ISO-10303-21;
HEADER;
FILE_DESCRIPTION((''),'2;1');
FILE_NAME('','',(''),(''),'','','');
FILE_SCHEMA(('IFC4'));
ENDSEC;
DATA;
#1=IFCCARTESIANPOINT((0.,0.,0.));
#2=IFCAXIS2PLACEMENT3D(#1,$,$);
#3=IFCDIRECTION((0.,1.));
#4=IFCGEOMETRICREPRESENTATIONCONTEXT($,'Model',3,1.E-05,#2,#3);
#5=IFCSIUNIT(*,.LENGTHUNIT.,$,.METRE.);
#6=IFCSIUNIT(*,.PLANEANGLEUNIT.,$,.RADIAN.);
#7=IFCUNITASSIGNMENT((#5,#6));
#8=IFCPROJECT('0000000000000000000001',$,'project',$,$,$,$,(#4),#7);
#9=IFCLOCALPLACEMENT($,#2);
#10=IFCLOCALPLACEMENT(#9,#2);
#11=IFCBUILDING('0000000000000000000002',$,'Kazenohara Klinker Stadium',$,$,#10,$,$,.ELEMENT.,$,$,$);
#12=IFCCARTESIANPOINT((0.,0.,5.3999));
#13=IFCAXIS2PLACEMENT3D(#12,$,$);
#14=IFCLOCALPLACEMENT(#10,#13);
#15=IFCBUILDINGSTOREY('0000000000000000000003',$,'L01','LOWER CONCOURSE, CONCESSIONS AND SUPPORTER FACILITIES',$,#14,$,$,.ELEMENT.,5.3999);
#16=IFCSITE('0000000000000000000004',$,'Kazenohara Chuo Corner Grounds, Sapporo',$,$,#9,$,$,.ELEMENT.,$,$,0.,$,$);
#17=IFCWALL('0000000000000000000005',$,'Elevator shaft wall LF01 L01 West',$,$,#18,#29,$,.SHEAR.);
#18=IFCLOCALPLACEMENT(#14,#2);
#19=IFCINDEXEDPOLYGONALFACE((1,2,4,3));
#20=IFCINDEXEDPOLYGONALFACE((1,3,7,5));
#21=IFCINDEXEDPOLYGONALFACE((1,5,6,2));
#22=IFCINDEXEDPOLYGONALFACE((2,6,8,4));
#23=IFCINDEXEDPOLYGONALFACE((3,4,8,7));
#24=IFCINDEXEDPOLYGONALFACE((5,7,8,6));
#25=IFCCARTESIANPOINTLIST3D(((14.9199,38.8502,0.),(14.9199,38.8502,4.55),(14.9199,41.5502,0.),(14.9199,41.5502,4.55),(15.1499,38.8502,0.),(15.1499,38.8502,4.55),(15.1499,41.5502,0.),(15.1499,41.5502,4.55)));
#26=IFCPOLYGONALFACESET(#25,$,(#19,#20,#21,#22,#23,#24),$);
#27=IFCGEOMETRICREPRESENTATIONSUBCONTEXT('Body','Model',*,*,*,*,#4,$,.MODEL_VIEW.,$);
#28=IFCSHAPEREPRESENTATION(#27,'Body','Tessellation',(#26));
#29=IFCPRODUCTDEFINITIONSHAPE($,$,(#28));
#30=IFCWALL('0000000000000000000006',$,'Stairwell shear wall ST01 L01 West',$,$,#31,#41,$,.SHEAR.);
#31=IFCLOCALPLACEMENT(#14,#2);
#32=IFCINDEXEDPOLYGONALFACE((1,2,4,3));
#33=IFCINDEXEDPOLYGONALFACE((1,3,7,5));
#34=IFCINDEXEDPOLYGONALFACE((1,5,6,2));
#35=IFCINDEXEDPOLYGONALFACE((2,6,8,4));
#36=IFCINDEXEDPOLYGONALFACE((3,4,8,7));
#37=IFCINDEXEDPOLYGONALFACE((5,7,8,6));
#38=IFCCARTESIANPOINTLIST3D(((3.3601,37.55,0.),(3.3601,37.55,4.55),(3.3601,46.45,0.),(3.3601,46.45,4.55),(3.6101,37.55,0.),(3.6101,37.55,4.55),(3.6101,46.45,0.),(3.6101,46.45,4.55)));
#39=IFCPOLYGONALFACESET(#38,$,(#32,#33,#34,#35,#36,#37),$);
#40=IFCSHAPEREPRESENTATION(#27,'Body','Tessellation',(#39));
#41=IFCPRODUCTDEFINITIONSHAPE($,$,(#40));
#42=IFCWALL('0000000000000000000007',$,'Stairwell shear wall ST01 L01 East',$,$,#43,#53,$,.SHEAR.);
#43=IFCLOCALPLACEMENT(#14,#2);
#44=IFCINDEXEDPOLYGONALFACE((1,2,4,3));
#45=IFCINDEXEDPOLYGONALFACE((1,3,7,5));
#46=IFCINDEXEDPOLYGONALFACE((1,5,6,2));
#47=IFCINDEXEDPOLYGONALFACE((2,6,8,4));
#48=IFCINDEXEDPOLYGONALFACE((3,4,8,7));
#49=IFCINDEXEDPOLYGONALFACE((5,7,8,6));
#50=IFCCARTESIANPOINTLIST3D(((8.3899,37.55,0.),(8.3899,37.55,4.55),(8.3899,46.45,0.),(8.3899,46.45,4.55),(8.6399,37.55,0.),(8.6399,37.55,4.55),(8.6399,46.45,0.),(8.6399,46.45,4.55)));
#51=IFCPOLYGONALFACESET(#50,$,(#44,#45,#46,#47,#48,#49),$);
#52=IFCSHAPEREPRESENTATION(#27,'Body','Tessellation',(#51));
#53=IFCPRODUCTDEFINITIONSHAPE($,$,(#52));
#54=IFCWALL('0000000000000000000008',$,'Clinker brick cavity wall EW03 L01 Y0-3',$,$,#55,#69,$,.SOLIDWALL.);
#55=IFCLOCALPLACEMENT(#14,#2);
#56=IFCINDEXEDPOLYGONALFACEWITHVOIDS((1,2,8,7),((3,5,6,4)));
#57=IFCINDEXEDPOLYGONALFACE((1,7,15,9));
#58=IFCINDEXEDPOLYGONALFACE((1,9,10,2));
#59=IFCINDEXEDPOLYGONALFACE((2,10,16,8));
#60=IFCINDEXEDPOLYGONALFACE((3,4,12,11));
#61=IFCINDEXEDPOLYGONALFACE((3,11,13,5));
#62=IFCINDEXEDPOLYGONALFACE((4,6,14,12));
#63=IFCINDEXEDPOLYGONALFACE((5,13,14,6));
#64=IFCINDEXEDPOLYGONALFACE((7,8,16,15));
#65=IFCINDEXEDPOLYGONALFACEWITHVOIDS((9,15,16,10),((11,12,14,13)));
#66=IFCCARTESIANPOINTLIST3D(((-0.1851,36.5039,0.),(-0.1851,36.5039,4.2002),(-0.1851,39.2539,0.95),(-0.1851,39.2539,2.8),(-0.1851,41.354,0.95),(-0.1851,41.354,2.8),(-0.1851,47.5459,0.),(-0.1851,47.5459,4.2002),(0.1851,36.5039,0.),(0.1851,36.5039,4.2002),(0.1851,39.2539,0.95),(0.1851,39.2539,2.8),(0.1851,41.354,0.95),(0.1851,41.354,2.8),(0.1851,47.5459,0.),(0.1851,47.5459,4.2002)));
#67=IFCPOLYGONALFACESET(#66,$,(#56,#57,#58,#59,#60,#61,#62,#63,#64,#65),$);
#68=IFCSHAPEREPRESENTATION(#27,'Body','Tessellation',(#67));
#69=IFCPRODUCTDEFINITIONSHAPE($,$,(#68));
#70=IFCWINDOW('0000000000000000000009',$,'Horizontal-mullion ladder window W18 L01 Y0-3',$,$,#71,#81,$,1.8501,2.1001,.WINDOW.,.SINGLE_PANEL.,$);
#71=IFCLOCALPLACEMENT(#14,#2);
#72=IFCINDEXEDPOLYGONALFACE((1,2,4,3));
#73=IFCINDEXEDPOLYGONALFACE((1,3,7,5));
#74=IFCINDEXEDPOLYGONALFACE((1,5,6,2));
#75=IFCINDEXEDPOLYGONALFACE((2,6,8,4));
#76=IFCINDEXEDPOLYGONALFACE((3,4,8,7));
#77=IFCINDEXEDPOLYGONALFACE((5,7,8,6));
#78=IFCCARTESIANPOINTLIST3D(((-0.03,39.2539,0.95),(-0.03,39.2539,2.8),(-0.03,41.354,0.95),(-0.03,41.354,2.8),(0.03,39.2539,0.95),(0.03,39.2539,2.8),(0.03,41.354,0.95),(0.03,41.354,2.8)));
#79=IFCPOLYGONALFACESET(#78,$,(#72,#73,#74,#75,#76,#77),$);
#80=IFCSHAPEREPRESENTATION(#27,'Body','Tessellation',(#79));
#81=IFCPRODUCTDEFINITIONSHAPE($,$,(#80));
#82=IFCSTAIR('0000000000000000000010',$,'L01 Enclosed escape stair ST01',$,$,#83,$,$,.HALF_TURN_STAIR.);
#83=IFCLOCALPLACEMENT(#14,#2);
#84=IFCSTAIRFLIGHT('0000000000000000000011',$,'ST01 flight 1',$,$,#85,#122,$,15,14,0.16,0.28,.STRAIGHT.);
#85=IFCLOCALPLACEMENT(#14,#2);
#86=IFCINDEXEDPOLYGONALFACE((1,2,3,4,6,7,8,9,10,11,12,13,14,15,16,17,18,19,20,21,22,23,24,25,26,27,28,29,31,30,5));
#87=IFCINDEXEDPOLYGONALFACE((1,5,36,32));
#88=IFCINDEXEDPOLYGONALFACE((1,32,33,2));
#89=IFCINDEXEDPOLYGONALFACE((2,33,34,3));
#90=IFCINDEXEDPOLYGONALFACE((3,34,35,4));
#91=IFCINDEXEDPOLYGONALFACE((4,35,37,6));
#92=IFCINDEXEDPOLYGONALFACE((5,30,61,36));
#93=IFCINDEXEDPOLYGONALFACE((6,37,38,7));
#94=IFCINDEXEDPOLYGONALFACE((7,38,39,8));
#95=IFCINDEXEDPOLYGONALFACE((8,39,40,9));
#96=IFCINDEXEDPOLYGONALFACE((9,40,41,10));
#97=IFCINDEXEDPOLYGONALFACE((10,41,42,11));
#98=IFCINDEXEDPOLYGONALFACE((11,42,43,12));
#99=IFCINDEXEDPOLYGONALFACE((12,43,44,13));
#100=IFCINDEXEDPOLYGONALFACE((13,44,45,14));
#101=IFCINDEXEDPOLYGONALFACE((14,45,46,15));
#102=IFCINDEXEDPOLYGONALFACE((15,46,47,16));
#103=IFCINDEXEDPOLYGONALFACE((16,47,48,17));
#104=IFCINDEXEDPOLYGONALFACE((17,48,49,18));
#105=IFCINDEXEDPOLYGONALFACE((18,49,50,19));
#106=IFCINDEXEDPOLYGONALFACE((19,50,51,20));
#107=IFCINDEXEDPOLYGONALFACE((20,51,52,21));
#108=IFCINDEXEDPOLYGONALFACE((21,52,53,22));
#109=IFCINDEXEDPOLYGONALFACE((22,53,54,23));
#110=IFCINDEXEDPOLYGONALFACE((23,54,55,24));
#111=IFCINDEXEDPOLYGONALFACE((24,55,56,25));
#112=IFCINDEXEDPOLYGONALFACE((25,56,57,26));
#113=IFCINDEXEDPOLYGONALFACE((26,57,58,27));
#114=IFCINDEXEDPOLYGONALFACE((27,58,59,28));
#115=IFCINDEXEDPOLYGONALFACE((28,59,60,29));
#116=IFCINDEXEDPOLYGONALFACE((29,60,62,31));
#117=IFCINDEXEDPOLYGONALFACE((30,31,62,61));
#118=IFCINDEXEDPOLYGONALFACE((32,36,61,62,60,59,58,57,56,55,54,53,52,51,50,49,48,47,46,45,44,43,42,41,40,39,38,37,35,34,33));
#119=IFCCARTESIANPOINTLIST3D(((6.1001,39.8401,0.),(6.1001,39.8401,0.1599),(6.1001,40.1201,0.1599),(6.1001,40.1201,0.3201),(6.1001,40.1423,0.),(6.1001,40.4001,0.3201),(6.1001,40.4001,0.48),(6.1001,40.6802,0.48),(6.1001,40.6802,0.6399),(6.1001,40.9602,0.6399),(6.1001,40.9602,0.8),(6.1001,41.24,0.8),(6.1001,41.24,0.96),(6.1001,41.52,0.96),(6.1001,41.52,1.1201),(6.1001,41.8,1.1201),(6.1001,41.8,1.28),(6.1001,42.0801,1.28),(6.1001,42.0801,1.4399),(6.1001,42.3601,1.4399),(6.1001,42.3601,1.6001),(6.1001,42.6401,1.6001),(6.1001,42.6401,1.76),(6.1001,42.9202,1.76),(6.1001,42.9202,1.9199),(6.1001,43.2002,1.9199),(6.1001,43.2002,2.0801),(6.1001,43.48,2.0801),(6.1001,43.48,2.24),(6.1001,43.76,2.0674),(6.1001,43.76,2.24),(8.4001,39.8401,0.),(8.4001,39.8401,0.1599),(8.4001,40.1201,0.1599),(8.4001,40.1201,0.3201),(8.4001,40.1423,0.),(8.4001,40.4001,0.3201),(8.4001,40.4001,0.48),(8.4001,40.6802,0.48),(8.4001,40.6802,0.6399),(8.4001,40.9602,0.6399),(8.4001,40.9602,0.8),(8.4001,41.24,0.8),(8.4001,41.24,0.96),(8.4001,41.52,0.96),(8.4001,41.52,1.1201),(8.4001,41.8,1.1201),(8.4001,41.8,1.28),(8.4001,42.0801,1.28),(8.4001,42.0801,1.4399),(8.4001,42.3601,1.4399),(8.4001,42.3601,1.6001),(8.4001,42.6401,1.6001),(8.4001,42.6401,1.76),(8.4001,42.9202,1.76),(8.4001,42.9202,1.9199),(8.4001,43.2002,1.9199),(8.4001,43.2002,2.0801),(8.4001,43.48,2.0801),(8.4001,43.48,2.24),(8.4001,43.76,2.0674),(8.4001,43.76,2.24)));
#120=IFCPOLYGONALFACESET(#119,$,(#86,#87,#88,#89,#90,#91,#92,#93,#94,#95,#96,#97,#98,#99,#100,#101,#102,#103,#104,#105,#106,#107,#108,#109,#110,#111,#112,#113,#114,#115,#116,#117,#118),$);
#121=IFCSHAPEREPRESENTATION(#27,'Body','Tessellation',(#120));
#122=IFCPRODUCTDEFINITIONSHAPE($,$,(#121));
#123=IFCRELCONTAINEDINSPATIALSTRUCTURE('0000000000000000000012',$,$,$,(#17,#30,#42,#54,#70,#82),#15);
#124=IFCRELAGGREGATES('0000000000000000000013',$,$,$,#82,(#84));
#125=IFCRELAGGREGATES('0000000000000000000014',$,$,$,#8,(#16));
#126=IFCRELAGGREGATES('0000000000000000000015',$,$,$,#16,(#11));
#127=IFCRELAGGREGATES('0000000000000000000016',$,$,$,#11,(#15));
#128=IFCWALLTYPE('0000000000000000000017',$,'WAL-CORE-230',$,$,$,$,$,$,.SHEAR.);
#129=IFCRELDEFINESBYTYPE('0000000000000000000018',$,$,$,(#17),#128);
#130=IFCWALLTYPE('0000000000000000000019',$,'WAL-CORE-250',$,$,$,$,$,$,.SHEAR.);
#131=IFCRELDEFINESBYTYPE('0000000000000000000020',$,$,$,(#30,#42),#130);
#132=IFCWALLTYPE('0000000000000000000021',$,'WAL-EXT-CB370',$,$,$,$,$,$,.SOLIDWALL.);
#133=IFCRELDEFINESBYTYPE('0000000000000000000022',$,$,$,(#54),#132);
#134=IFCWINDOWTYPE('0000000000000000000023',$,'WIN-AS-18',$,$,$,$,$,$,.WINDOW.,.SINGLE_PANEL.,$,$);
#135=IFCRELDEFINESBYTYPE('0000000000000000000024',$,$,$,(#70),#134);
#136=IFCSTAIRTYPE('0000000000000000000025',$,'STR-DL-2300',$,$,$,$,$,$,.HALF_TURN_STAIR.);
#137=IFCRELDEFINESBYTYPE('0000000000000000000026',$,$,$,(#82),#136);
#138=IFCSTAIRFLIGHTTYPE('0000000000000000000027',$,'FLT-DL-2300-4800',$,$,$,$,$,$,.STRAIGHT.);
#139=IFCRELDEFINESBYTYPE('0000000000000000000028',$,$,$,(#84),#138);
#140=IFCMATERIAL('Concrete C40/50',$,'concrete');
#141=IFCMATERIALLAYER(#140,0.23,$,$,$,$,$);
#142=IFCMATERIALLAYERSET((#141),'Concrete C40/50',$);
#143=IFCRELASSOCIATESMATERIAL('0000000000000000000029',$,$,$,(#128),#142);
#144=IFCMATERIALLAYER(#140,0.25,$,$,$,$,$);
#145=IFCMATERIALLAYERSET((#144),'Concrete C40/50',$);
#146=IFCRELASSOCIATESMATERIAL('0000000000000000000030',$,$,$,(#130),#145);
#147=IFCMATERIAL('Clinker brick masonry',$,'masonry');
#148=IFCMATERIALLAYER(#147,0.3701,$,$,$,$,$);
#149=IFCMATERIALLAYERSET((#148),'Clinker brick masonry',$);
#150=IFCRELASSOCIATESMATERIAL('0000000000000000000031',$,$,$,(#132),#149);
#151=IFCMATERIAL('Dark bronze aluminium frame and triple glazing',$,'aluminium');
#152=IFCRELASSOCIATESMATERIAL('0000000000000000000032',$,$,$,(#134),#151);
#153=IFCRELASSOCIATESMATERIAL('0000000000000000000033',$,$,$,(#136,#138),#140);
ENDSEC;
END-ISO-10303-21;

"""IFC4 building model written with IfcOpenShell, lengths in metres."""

from ifc_helpers import new_model, si_unit, direction, frame, frame_2d, origin, place, context, subcontext, project, spatial, polyline, rectangle, outline, extrude, material, layer, layer_set, type_object, element, fill, aggregate, save


model = new_model("IFC4")

# Units and contexts
model_context = context("Model", 3, precision=1e-05, world=origin(), true_north=direction((0.0, 1.0)))
body_context = subcontext(model_context, "Body", "Model", "MODEL_VIEW")
ifc_project = project(units=[si_unit("LENGTHUNIT", "METRE"), si_unit("PLANEANGLEUNIT", "RADIAN")], contexts=[model_context])

# Site, building, storey
site_placement = place(None, origin())
site = spatial("IfcSite", under=ifc_project, at=site_placement, Name="Kazenohara Chuo Corner Grounds, Sapporo", CompositionType="ELEMENT", RefElevation=0.0)
building_placement = place(site_placement, origin())
building = spatial("IfcBuilding", under=site, at=building_placement, Name="Kazenohara Klinker Stadium", CompositionType="ELEMENT")
storey_placement = place(building_placement, frame((0.0, 0.0, 5.3999)))
storey = spatial("IfcBuildingStorey", under=building, at=storey_placement, Name="L01", Description="LOWER CONCOURSE, CONCESSIONS AND SUPPORTER FACILITIES", CompositionType="ELEMENT", Elevation=5.3999)

# Shared definitions
ifc_material_1 = material(Name="Concrete C40/50", Category="concrete")

# Wall
ifc_layer_1 = layer(ifc_material_1, 0.23)
ifc_layer_set_1 = layer_set([ifc_layer_1], Name="Concrete C40/50")
wall_type_1 = type_object("IfcWallType", Name="WAL-CORE-230", PredefinedType="SHEAR", material=ifc_layer_set_1)
wall_1_placement = place(storey_placement, frame((15.0349, 38.8501, 0.0), z_axis=(0.0, 0.0, 1.0), x_axis=(0.0, 1.0, 0.0)))
element("IfcWall", 1, at=wall_1_placement, inside=storey, type_object=wall_type_1, Name="Elevator shaft wall LF01 L01 West", PredefinedType="SHEAR", context=body_context, shape_type="SweptSolid", body=[
    extrude(rectangle(XDim=2.7, YDim=0.23, at=frame_2d((1.3501, 0.0))), origin(), (0.0, 0.0, 1.0), 4.55),
])

# Shared definitions
ifc_layer_2 = layer(ifc_material_1, 0.25)
ifc_layer_set_2 = layer_set([ifc_layer_2], Name="Concrete C40/50")
wall_type_2 = type_object("IfcWallType", Name="WAL-CORE-250", PredefinedType="SHEAR", material=ifc_layer_set_2)

# Walls
for number, where, z_axis, x_axis, name in (
    (2, (3.4851, 37.55, 0.0), (0.0, 0.0, 1.0), (0.0, 1.0, 0.0), "Stairwell shear wall ST01 L01 West"),
    (3, (8.5149, 37.55, 0.0), (0.0, 0.0, 1.0), (0.0, 1.0, 0.0), "Stairwell shear wall ST01 L01 East"),
):
    element("IfcWall", number, at=place(storey_placement, frame(where, z_axis=z_axis, x_axis=x_axis)), inside=storey, type_object=wall_type_2, Name=name, PredefinedType="SHEAR", context=body_context, shape_type="SweptSolid", body=[
        extrude(rectangle(XDim=8.8999, YDim=0.25, at=frame_2d((4.45, 0.0))), origin(), (0.0, 0.0, 1.0), 4.55),
    ])

# Wall, opening, window
ifc_material_2 = material(Name="Clinker brick masonry", Category="masonry")
ifc_layer_3 = layer(ifc_material_2, 0.3701)
ifc_layer_set_3 = layer_set([ifc_layer_3], Name="Clinker brick masonry")
wall_type_3 = type_object("IfcWallType", Name="WAL-EXT-CB370", PredefinedType="SOLIDWALL", material=ifc_layer_set_3)
wall_2_placement = place(storey_placement, frame((0.0, 36.5039, 0.0), z_axis=(0.0, 0.0, 1.0), x_axis=(0.0, 1.0, 0.0)))
wall_2 = element("IfcWall", 4, at=wall_2_placement, inside=storey, type_object=wall_type_3, Name="Clinker brick cavity wall EW03 L01 Y0-3", PredefinedType="SOLIDWALL", context=body_context, shape_type="SweptSolid", body=[
    extrude(rectangle(XDim=11.042, YDim=0.3701, at=frame_2d((5.521, 0.0))), origin(), (0.0, 0.0, 1.0), 4.2002),
])
opening_1_placement = place(wall_2_placement, frame((2.75, 0.0, 0.95)))
opening_1 = element("IfcOpeningElement", 5, at=opening_1_placement, cuts=wall_2, PredefinedType="OPENING", context=body_context, shape_type="SweptSolid", body=[
    extrude(rectangle(XDim=2.1001, YDim=1.8501, at=frame_2d((1.05, 0.925))), frame((0.0, 0.1951, 0.0), z_axis=(0.0, -1.0, 0.0), x_axis=(1.0, 0.0, 0.0)), (0.0, 0.0, 1.0), 0.3901),
])
ifc_material_3 = material(Name="Dark bronze aluminium frame and triple glazing", Category="aluminium")
window_type = type_object("IfcWindowType", Name="WIN-AS-18", PartitioningType="SINGLE_PANEL", PredefinedType="WINDOW", material=ifc_material_3)
window_placement = place(opening_1_placement, origin())
window = element("IfcWindow", 6, at=window_placement, inside=storey, type_object=window_type, Name="Horizontal-mullion ladder window W18 L01 Y0-3", OverallHeight=1.8501, OverallWidth=2.1001, PartitioningType="SINGLE_PANEL", PredefinedType="WINDOW", context=body_context, shape_type="SweptSolid", body=[
    extrude(rectangle(XDim=2.1001, YDim=1.8501, at=frame_2d((1.05, 0.925))), frame((0.0, 0.03, 0.0), z_axis=(0.0, -1.0, 0.0), x_axis=(1.0, 0.0, 0.0)), (0.0, 0.0, 1.0), 0.0601),
])
fill(opening_1, window)

# Stair, stair flight
stair_type = type_object("IfcStairType", Name="STR-DL-2300", PredefinedType="HALF_TURN_STAIR", material=ifc_material_1)
stair_placement = place(storey_placement, origin())
stair = element("IfcStair", 7, at=stair_placement, inside=storey, type_object=stair_type, Name="L01 Enclosed escape stair ST01", PredefinedType="HALF_TURN_STAIR")
stair_flight_type = type_object("IfcStairFlightType", Name="FLT-DL-2300-4800", PredefinedType="STRAIGHT", material=ifc_material_1)
stair_flight_placement = place(storey_placement, frame((7.25, 39.8401, 0.0), z_axis=(0.0, 0.0, 1.0), x_axis=(0.0, 1.0, 0.0)))
stair_flight = element("IfcStairFlight", 8, at=stair_flight_placement, type_object=stair_flight_type, Name="ST01 flight 1", NumberOfRisers=15, NumberOfTreads=14, PredefinedType="STRAIGHT", RiserHeight=0.16, TreadLength=0.28, context=body_context, shape_type="SweptSolid", body=[
    extrude(outline(polyline([(0.0, 0.0), (0.0, 0.1599), (0.28, 0.1599), (0.28, 0.3201), (0.5601, 0.3201), (0.5601, 0.48), (0.8401, 0.48), (0.8401, 0.6399), (1.1201, 0.6399), (1.1201, 0.8), (1.3999, 0.8), (1.3999, 0.96), (1.6799, 0.96), (1.6799, 1.1201), (1.96, 1.1201), (1.96, 1.28), (2.24, 1.28), (2.24, 1.4399), (2.52, 1.4399), (2.52, 1.6001), (2.8, 1.6001), (2.8, 1.76), (3.0801, 1.76), (3.0801, 1.9199), (3.3601, 1.9199), (3.3601, 2.0801), (3.6399, 2.0801), (3.6399, 2.24), (3.9199, 2.24), (3.9199, 2.3999), (3.9199, 2.0674), (0.3022, 0.0), (0.0, 0.0)])), frame((0.0, 1.1499, 0.0), z_axis=(0.0, -1.0, 0.0), x_axis=(1.0, 0.0, 0.0)), (0.0, 0.0, 1.0), 2.3),
])
aggregate(stair, [stair_flight])

save(model, "model.ifc")
